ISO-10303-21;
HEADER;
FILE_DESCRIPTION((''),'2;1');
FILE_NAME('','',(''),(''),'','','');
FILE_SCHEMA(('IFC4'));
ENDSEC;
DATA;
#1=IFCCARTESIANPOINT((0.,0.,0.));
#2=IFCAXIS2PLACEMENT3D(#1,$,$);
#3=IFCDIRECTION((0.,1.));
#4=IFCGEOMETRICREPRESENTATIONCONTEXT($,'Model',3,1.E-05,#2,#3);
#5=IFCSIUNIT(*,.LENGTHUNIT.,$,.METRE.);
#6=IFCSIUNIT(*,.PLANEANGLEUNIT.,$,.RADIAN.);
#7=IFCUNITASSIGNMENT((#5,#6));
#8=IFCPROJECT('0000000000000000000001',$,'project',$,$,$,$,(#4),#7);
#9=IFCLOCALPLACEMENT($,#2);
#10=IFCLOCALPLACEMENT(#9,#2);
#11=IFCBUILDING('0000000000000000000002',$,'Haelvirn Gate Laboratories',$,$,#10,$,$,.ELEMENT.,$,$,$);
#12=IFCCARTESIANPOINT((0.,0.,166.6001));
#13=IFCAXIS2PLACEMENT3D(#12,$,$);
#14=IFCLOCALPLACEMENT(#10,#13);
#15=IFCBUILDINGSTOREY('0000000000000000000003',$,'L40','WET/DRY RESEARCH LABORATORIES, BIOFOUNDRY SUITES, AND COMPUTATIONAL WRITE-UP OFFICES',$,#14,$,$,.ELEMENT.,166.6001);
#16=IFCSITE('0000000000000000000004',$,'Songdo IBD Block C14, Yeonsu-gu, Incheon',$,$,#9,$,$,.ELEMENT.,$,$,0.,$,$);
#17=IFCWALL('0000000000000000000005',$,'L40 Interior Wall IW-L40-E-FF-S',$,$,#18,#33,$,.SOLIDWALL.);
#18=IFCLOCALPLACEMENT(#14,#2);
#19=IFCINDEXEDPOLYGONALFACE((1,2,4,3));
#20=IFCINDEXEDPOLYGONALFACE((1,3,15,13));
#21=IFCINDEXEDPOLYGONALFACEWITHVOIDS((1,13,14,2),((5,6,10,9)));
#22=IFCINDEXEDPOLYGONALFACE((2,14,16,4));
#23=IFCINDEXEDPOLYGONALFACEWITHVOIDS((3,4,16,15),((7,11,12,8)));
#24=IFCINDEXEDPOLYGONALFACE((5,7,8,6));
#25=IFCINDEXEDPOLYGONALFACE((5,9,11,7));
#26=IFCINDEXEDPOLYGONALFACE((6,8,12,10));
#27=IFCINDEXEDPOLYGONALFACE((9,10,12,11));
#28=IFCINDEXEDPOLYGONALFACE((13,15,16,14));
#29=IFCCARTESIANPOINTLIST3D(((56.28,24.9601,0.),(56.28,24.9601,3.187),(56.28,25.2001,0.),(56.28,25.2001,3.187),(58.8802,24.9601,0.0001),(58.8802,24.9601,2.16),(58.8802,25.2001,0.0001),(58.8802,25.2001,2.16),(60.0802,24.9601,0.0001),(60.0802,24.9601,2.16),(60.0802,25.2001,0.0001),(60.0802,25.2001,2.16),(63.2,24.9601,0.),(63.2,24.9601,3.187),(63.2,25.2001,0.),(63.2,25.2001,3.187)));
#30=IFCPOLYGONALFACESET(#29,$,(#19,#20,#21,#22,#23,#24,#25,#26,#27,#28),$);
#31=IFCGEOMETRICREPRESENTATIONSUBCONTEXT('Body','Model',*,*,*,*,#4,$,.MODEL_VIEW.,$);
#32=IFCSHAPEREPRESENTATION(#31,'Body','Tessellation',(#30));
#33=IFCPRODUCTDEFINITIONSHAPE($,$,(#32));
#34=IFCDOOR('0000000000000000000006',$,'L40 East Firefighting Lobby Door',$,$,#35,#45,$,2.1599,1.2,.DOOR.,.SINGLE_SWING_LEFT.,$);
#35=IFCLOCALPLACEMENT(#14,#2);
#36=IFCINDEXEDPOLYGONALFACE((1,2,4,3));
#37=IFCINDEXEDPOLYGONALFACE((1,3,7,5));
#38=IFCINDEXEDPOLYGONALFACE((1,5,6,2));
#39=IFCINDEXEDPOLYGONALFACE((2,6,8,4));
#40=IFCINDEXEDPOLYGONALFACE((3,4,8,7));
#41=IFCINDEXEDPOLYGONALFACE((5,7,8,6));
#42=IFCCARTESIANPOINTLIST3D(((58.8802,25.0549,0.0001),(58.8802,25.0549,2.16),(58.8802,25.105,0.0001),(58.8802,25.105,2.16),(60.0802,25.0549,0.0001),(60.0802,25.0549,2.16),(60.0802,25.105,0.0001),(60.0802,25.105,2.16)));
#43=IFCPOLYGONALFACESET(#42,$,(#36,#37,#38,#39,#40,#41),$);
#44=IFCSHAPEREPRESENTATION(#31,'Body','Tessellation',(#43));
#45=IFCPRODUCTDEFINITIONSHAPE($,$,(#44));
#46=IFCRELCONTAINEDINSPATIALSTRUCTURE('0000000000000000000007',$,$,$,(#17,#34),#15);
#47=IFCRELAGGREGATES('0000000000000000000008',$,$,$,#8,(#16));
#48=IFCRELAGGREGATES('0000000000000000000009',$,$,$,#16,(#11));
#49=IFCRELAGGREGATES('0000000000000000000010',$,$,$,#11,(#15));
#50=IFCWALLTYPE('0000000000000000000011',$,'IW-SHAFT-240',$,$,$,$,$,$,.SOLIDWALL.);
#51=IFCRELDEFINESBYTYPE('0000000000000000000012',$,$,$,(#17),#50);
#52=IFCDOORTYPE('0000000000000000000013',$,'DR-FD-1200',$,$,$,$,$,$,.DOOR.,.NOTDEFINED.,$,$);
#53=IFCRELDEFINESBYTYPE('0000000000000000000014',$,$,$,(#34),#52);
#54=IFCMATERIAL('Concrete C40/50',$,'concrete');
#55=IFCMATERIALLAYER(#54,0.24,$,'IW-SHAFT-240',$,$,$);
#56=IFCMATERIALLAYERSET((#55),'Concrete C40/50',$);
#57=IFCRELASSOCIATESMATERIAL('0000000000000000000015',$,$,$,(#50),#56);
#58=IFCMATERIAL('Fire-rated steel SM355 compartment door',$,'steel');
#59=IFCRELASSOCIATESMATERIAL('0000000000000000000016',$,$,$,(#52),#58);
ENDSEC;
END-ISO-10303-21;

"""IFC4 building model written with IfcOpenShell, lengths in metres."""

from ifc_helpers import new_model, si_unit, direction, frame, frame_2d, origin, place, context, subcontext, project, spatial, rectangle, extrude, source, transform, mapped, material, layer, layer_set, type_object, type_shapes, element, fill, save


model = new_model("IFC4")

# Units and contexts
model_context = context("Model", 3, precision=1e-05, world=origin(), true_north=direction((0.0, 1.0)))
body_context = subcontext(model_context, "Body", "Model", "MODEL_VIEW")
ifc_project = project(units=[si_unit("LENGTHUNIT", "METRE"), si_unit("PLANEANGLEUNIT", "RADIAN")], contexts=[model_context])

# Site, building, storey
site_placement = place(None, origin())
site = spatial("IfcSite", under=ifc_project, at=site_placement, Name="Songdo IBD Block C14, Yeonsu-gu, Incheon", CompositionType="ELEMENT", RefElevation=0.0)
building_placement = place(site_placement, origin())
building = spatial("IfcBuilding", under=site, at=building_placement, Name="Haelvirn Gate Laboratories", CompositionType="ELEMENT")
storey_placement = place(building_placement, frame((0.0, 0.0, 166.6001)))
storey = spatial("IfcBuildingStorey", under=building, at=storey_placement, Name="L40", Description="WET/DRY RESEARCH LABORATORIES, BIOFOUNDRY SUITES, AND COMPUTATIONAL WRITE-UP OFFICES", CompositionType="ELEMENT", Elevation=166.6001)

# Shared definitions
ifc_material_1 = material(Name="Concrete C40/50", Category="concrete")

# Wall, opening, door
ifc_layer_1 = layer(ifc_material_1, 0.24, Name="IW-SHAFT-240")
ifc_layer_set_1 = layer_set([ifc_layer_1], Name="Concrete C40/50")
wall_type_1 = type_object("IfcWallType", Name="IW-SHAFT-240", PredefinedType="SOLIDWALL", material=ifc_layer_set_1)
wall_1_placement = place(storey_placement, frame((56.28, 25.0801, 0.0), z_axis=(0.0, 0.0, 1.0), x_axis=(1.0, 0.0, 0.0)))
wall_1 = element("IfcWall", 1, at=wall_1_placement, inside=storey, type_object=wall_type_1, Name="L40 Interior Wall IW-L40-E-FF-S", PredefinedType="SOLIDWALL", context=body_context, shape_type="SweptSolid", body=[
    extrude(rectangle(XDim=6.9199, YDim=0.24, at=frame_2d((3.46, 0.0))), origin(), (0.0, 0.0, 1.0), 3.187),
])
opening_1_placement = place(wall_1_placement, frame((2.6001, 0.0, 0.0)))
opening_1 = element("IfcOpeningElement", 2, at=opening_1_placement, cuts=wall_1, PredefinedType="OPENING", context=body_context, shape_type="SweptSolid", body=[
    extrude(rectangle(XDim=1.2, YDim=2.1599, at=frame_2d((0.6001, 1.0801))), frame((0.0, 0.1299, 0.0), z_axis=(0.0, -1.0, 0.0), x_axis=(1.0, 0.0, 0.0)), (0.0, 0.0, 1.0), 0.26),
])
ifc_material_2 = material(Name="Fire-rated steel SM355 compartment door", Category="steel")
door_type_1 = type_object("IfcDoorType", Name="DR-FD-1200", OperationType="NOTDEFINED", PredefinedType="DOOR", material=ifc_material_2)
shared_shape_1 = source(origin(), body_context, "Body", "SweptSolid", [
    extrude(rectangle(XDim=1.2, YDim=2.1599, at=frame_2d((0.6001, 1.0801))), frame((0.0, 0.0249, 0.0), z_axis=(0.0, -1.0, 0.0), x_axis=(1.0, 0.0, 0.0)), (0.0, 0.0, 1.0), 0.05),
])
type_shapes(door_type_1, [shared_shape_1])
door_1_placement = place(opening_1_placement, origin())
door_1 = element("IfcDoor", 3, at=door_1_placement, inside=storey, type_object=door_type_1, Name="L40 East Firefighting Lobby Door", OperationType="SINGLE_SWING_LEFT", OverallHeight=2.1599, OverallWidth=1.2, PredefinedType="DOOR", context=body_context, shape_type="MappedRepresentation", body=[
    mapped(shared_shape_1, transform((0.0, 0.0, 0.0), scale=1.0)),
])
fill(opening_1, door_1)

save(model, "model.ifc")
